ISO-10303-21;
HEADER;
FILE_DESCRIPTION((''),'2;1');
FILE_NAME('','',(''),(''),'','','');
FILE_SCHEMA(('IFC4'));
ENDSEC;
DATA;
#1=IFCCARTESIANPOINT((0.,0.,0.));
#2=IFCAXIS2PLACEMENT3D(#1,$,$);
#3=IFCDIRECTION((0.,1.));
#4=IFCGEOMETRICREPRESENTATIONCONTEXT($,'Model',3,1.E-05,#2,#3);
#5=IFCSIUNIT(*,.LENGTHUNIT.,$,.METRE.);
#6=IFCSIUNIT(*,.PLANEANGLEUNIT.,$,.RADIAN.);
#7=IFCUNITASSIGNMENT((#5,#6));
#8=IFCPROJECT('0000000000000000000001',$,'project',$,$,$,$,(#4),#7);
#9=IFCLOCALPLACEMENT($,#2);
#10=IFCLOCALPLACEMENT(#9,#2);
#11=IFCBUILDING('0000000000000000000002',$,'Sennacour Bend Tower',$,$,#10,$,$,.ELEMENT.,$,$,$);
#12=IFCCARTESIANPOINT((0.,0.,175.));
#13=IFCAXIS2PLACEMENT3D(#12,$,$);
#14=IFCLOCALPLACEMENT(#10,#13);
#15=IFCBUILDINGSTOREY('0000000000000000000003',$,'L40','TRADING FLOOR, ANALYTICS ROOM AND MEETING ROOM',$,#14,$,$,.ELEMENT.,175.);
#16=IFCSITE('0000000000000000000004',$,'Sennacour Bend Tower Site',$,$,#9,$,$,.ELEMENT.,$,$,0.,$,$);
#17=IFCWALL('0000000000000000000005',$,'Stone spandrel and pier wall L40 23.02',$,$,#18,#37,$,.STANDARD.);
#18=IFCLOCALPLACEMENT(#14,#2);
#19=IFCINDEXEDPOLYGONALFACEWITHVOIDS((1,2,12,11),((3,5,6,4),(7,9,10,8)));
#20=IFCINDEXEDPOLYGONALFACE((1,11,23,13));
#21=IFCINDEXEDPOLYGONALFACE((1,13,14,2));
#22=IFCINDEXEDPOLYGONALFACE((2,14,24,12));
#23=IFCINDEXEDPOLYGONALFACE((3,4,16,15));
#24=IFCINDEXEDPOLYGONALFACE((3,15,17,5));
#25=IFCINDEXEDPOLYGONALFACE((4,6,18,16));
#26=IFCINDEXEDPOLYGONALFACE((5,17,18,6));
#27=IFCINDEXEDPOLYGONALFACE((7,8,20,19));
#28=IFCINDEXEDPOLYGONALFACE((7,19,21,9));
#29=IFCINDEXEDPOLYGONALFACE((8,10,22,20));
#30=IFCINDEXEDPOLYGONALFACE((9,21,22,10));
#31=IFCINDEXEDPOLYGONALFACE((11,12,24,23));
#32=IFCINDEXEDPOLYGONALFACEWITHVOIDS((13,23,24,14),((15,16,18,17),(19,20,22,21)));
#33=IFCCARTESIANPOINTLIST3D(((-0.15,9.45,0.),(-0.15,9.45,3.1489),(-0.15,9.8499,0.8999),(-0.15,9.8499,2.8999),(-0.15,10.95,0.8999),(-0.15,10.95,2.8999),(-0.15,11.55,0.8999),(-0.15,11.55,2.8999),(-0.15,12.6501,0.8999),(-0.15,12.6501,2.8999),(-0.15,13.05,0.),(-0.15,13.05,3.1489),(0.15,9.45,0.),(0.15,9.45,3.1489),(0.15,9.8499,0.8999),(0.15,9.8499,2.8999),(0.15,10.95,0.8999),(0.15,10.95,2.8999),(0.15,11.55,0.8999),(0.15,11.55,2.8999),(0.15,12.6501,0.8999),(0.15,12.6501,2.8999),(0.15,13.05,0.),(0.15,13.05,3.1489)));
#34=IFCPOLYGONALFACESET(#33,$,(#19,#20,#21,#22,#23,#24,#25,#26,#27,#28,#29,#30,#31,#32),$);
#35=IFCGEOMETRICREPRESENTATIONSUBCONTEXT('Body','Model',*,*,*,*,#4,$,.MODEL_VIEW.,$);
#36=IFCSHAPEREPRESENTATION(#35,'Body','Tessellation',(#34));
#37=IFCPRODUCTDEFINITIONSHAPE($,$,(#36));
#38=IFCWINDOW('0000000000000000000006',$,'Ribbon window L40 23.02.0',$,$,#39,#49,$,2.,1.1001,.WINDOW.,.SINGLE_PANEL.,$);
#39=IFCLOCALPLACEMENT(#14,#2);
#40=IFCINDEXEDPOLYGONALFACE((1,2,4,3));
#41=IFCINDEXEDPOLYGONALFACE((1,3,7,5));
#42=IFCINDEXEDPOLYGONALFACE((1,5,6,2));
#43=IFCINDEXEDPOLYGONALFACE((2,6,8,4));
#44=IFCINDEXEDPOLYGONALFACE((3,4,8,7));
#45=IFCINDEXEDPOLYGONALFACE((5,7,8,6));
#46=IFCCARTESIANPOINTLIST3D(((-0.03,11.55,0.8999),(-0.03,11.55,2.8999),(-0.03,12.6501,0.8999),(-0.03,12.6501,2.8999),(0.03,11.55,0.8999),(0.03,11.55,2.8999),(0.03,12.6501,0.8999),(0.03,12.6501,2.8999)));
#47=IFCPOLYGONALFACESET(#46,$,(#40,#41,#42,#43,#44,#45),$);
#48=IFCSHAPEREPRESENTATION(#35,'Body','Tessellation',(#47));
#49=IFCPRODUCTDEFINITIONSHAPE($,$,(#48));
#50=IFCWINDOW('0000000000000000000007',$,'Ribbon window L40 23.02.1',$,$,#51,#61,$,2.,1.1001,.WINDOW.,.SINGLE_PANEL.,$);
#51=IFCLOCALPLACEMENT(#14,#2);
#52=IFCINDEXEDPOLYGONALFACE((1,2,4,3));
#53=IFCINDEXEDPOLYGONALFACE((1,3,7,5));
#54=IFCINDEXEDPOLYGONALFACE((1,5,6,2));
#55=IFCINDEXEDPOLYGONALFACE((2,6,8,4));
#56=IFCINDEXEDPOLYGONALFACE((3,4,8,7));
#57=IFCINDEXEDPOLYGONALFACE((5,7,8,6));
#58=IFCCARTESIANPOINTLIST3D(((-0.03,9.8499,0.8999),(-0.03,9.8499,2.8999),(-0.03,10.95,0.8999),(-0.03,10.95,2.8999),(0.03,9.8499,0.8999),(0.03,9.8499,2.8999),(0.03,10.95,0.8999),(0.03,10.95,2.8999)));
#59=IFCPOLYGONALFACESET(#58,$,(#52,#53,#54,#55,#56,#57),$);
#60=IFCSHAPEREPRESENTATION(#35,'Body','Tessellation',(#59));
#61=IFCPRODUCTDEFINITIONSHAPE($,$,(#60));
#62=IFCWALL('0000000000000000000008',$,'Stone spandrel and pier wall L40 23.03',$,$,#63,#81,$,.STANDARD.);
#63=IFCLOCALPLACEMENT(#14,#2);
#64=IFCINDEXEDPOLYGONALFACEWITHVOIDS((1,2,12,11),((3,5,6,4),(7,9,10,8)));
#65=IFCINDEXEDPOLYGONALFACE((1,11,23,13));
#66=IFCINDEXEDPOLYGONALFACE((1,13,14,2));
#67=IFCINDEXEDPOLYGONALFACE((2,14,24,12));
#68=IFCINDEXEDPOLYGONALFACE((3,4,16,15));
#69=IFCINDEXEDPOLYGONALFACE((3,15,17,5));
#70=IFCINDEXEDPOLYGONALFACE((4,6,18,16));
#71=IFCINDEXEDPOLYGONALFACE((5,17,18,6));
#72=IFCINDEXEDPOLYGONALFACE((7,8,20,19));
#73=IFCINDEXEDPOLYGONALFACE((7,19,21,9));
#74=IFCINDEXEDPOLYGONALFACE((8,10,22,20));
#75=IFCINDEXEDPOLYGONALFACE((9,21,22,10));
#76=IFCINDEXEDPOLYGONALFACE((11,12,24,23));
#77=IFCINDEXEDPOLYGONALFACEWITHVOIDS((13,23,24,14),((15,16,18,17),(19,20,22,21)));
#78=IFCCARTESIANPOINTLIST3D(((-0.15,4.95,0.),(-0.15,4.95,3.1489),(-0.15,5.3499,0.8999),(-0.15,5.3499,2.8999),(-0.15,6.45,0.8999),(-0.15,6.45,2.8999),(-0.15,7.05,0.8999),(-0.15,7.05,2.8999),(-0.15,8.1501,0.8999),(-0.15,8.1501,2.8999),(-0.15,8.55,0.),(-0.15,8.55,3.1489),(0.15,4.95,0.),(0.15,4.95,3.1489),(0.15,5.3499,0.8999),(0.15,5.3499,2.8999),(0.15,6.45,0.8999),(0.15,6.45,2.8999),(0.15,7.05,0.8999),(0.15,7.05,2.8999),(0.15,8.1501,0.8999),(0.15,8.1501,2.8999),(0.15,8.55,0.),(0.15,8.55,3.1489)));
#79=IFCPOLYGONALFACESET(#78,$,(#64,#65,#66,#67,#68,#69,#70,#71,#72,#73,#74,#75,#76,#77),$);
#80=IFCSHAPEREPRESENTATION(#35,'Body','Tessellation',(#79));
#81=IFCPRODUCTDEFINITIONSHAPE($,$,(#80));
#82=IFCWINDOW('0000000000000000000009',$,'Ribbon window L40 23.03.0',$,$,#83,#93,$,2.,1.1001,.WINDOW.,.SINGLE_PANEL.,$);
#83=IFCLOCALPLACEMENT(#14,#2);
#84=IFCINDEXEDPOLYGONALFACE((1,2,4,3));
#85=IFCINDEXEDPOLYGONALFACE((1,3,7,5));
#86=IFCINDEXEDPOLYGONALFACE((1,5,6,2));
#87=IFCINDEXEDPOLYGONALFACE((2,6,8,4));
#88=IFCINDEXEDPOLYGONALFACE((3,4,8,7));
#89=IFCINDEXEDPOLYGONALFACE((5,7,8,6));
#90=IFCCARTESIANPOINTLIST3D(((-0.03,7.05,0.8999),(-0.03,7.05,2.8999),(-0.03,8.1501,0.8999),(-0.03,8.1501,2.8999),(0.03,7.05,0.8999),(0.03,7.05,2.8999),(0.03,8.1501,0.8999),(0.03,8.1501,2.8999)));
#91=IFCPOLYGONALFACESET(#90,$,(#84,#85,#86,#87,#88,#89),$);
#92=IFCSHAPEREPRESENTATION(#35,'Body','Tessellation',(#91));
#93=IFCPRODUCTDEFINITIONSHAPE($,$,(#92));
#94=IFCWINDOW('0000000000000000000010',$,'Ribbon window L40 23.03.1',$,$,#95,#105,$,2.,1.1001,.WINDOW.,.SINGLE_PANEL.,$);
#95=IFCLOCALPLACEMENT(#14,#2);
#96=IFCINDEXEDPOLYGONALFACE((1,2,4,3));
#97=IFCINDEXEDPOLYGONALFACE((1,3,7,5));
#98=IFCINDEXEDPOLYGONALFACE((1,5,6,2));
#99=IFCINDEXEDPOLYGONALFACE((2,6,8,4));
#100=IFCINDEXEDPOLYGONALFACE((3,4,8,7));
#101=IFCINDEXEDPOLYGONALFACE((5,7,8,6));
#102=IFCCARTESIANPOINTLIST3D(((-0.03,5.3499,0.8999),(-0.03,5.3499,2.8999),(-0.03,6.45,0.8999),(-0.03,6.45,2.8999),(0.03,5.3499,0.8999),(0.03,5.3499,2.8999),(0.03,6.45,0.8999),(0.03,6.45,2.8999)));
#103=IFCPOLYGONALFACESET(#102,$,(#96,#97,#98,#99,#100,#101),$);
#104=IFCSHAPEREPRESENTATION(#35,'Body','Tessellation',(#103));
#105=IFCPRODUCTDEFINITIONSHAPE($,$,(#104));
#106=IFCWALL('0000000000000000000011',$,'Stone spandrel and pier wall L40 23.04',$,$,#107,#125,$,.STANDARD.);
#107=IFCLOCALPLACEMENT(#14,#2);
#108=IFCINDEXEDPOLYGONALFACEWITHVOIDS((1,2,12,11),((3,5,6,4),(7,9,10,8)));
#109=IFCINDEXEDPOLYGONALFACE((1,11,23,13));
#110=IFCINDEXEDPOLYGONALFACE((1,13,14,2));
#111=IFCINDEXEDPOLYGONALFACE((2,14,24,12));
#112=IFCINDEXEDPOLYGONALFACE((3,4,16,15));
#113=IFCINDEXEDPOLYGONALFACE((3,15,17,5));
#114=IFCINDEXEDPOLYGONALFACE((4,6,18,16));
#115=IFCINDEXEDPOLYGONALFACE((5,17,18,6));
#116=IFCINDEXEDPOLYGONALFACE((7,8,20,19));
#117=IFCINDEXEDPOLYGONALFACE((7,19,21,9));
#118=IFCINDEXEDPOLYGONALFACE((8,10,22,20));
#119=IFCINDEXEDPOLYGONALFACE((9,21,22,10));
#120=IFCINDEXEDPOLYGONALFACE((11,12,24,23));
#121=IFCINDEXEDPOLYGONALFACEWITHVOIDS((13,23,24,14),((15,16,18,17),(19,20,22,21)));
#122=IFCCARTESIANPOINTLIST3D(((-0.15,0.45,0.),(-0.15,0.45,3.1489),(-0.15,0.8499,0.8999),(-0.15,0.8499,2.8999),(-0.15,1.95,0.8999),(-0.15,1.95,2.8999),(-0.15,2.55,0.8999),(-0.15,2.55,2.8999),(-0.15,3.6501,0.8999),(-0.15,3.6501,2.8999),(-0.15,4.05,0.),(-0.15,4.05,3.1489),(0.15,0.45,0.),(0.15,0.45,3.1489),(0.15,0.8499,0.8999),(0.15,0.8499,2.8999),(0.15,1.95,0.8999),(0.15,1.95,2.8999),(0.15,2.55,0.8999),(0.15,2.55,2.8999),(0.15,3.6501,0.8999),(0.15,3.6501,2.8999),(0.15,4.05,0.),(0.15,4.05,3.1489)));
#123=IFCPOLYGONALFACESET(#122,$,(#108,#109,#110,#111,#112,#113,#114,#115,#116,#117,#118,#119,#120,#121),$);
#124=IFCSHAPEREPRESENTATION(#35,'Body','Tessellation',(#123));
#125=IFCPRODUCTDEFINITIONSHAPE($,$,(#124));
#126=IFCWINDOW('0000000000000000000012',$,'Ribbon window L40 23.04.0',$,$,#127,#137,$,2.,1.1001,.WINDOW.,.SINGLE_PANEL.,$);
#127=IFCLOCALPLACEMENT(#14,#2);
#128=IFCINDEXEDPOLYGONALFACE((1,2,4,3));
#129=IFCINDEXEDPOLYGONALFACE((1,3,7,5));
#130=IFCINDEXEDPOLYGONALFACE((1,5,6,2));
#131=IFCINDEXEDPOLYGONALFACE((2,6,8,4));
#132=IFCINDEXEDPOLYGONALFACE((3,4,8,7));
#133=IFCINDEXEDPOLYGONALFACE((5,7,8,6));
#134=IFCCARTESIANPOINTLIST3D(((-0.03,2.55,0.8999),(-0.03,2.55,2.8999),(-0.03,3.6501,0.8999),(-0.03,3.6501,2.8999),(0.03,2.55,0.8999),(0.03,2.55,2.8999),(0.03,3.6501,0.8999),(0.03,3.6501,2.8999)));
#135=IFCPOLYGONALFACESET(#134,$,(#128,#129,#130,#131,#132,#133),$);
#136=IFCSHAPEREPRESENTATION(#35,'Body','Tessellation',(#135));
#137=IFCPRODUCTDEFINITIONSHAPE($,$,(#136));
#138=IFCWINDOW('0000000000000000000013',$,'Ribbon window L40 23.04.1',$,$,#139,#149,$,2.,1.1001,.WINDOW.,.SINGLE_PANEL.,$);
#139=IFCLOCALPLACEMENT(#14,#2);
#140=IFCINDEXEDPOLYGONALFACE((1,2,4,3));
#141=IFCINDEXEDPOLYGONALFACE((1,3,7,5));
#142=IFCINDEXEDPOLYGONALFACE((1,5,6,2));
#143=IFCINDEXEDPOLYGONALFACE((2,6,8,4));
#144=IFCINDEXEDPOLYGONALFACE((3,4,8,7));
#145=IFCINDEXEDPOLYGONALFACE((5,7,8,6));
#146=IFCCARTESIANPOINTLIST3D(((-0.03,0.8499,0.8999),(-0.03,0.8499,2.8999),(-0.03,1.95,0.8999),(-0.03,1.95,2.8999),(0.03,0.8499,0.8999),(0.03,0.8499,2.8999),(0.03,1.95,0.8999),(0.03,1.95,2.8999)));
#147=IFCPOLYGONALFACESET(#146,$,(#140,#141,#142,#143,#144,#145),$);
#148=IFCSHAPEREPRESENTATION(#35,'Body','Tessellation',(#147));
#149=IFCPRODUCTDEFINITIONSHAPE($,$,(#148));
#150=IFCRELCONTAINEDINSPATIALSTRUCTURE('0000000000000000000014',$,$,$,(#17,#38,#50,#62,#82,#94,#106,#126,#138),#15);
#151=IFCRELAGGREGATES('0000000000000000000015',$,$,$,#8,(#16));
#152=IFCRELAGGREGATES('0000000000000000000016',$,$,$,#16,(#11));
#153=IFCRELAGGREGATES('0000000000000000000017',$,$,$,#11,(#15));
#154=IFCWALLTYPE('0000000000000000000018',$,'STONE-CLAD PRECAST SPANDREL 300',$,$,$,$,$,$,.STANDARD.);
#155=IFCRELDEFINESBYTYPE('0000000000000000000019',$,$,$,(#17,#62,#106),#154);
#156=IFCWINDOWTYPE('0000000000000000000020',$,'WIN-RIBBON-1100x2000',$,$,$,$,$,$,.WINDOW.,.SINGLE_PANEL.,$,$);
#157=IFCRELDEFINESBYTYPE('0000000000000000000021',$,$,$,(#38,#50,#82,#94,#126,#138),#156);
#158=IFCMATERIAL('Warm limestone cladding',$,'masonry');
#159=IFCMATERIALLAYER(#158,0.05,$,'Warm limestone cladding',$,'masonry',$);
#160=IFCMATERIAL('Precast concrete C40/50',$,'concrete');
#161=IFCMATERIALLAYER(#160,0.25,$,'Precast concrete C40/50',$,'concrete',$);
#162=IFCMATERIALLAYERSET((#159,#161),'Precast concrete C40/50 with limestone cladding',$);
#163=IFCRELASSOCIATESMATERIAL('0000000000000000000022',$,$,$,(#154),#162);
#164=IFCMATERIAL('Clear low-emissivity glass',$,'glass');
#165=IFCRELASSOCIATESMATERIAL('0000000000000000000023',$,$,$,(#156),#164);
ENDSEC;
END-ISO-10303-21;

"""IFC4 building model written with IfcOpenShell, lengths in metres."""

from ifc_helpers import new_model, si_unit, direction, frame, frame_2d, origin, place, context, subcontext, project, spatial, rectangle, extrude, material, layer, layer_set, type_object, element, fill, save


model = new_model("IFC4")

# Units and contexts
model_context = context("Model", 3, precision=1e-05, world=origin(), true_north=direction((0.0, 1.0)))
body_context = subcontext(model_context, "Body", "Model", "MODEL_VIEW")
ifc_project = project(units=[si_unit("LENGTHUNIT", "METRE"), si_unit("PLANEANGLEUNIT", "RADIAN")], contexts=[model_context])

# Site, building, storey
site_placement = place(None, origin())
site = spatial("IfcSite", under=ifc_project, at=site_placement, Name="Sennacour Bend Tower Site", CompositionType="ELEMENT", RefElevation=0.0)
building_placement = place(site_placement, origin())
building = spatial("IfcBuilding", under=site, at=building_placement, Name="Sennacour Bend Tower", CompositionType="ELEMENT")
storey_placement = place(building_placement, frame((0.0, 0.0, 175.0)))
storey = spatial("IfcBuildingStorey", under=building, at=storey_placement, Name="L40", Description="TRADING FLOOR, ANALYTICS ROOM AND MEETING ROOM", CompositionType="ELEMENT", Elevation=175.0)

# Walls, openings, windows
ifc_material_1 = material(Name="Warm limestone cladding", Category="masonry")
ifc_layer_1 = layer(ifc_material_1, 0.05, Name="Warm limestone cladding", Category="masonry")
ifc_material_2 = material(Name="Precast concrete C40/50", Category="concrete")
ifc_layer_2 = layer(ifc_material_2, 0.25, Name="Precast concrete C40/50", Category="concrete")
ifc_layer_set_1 = layer_set([ifc_layer_1, ifc_layer_2], Name="Precast concrete C40/50 with limestone cladding")
wall_type_1 = type_object("IfcWallType", Name="STONE-CLAD PRECAST SPANDREL 300", PredefinedType="STANDARD", material=ifc_layer_set_1)
wall_1_placement = place(storey_placement, frame((0.0, 13.05, 0.0), z_axis=(0.0, 0.0, 1.0), x_axis=(0.0, -1.0, 0.0)))
wall_1 = element("IfcWall", 1, at=wall_1_placement, inside=storey, type_object=wall_type_1, Name="Stone spandrel and pier wall L40 23.02", PredefinedType="STANDARD", context=body_context, shape_type="SweptSolid", body=[
    extrude(rectangle(XDim=3.6001, YDim=0.3, at=frame_2d((1.8, 0.0))), origin(), (0.0, 0.0, 1.0), 3.1489),
])
opening_1_placement = place(wall_1_placement, frame((0.3999, 0.0, 0.8999)))
opening_1 = element("IfcOpeningElement", 2, at=opening_1_placement, cuts=wall_1, PredefinedType="OPENING", context=body_context, shape_type="SweptSolid", body=[
    extrude(rectangle(XDim=1.1001, YDim=2.0, at=frame_2d((0.55, 1.0))), frame((0.0, 0.1602, 0.0), z_axis=(0.0, -1.0, 0.0), x_axis=(1.0, 0.0, 0.0)), (0.0, 0.0, 1.0), 0.3201),
])
opening_2_placement = place(wall_1_placement, frame((2.1001, 0.0, 0.8999)))
opening_2 = element("IfcOpeningElement", 3, at=opening_2_placement, cuts=wall_1, PredefinedType="OPENING", context=body_context, shape_type="SweptSolid", body=[
    extrude(rectangle(XDim=1.1001, YDim=2.0, at=frame_2d((0.55, 1.0))), frame((0.0, 0.1602, 0.0), z_axis=(0.0, -1.0, 0.0), x_axis=(1.0, 0.0, 0.0)), (0.0, 0.0, 1.0), 0.3201),
])
ifc_material_3 = material(Name="Clear low-emissivity glass", Category="glass")
window_type = type_object("IfcWindowType", Name="WIN-RIBBON-1100x2000", PartitioningType="SINGLE_PANEL", PredefinedType="WINDOW", material=ifc_material_3)
window_1_placement = place(opening_1_placement, origin())
window_1 = element("IfcWindow", 4, at=window_1_placement, inside=storey, type_object=window_type, Name="Ribbon window L40 23.02.0", OverallHeight=2.0, OverallWidth=1.1001, PartitioningType="SINGLE_PANEL", PredefinedType="WINDOW", context=body_context, shape_type="SweptSolid", body=[
    extrude(rectangle(XDim=1.1001, YDim=2.0, at=frame_2d((0.55, 1.0))), frame((0.0, 0.03, 0.0), z_axis=(0.0, -1.0, 0.0), x_axis=(1.0, 0.0, 0.0)), (0.0, 0.0, 1.0), 0.0601),
])
fill(opening_1, window_1)
window_2_placement = place(opening_2_placement, origin())
window_2 = element("IfcWindow", 5, at=window_2_placement, inside=storey, type_object=window_type, Name="Ribbon window L40 23.02.1", OverallHeight=2.0, OverallWidth=1.1001, PartitioningType="SINGLE_PANEL", PredefinedType="WINDOW", context=body_context, shape_type="SweptSolid", body=[
    extrude(rectangle(XDim=1.1001, YDim=2.0, at=frame_2d((0.55, 1.0))), frame((0.0, 0.03, 0.0), z_axis=(0.0, -1.0, 0.0), x_axis=(1.0, 0.0, 0.0)), (0.0, 0.0, 1.0), 0.0601),
])
fill(opening_2, window_2)
wall_2_placement = place(storey_placement, frame((0.0, 8.55, 0.0), z_axis=(0.0, 0.0, 1.0), x_axis=(0.0, -1.0, 0.0)))
wall_2 = element("IfcWall", 6, at=wall_2_placement, inside=storey, type_object=wall_type_1, Name="Stone spandrel and pier wall L40 23.03", PredefinedType="STANDARD", context=body_context, shape_type="SweptSolid", body=[
    extrude(rectangle(XDim=3.6001, YDim=0.3, at=frame_2d((1.8, 0.0))), origin(), (0.0, 0.0, 1.0), 3.1489),
])
opening_3_placement = place(wall_2_placement, frame((0.3999, 0.0, 0.8999)))
opening_3 = element("IfcOpeningElement", 7, at=opening_3_placement, cuts=wall_2, PredefinedType="OPENING", context=body_context, shape_type="SweptSolid", body=[
    extrude(rectangle(XDim=1.1001, YDim=2.0, at=frame_2d((0.55, 1.0))), frame((0.0, 0.1602, 0.0), z_axis=(0.0, -1.0, 0.0), x_axis=(1.0, 0.0, 0.0)), (0.0, 0.0, 1.0), 0.3201),
])
opening_4_placement = place(wall_2_placement, frame((2.1001, 0.0, 0.8999)))
opening_4 = element("IfcOpeningElement", 8, at=opening_4_placement, cuts=wall_2, PredefinedType="OPENING", context=body_context, shape_type="SweptSolid", body=[
    extrude(rectangle(XDim=1.1001, YDim=2.0, at=frame_2d((0.55, 1.0))), frame((0.0, 0.1602, 0.0), z_axis=(0.0, -1.0, 0.0), x_axis=(1.0, 0.0, 0.0)), (0.0, 0.0, 1.0), 0.3201),
])
window_3_placement = place(opening_3_placement, origin())
window_3 = element("IfcWindow", 9, at=window_3_placement, inside=storey, type_object=window_type, Name="Ribbon window L40 23.03.0", OverallHeight=2.0, OverallWidth=1.1001, PartitioningType="SINGLE_PANEL", PredefinedType="WINDOW", context=body_context, shape_type="SweptSolid", body=[
    extrude(rectangle(XDim=1.1001, YDim=2.0, at=frame_2d((0.55, 1.0))), frame((0.0, 0.03, 0.0), z_axis=(0.0, -1.0, 0.0), x_axis=(1.0, 0.0, 0.0)), (0.0, 0.0, 1.0), 0.0601),
])
fill(opening_3, window_3)
window_4_placement = place(opening_4_placement, origin())
window_4 = element("IfcWindow", 10, at=window_4_placement, inside=storey, type_object=window_type, Name="Ribbon window L40 23.03.1", OverallHeight=2.0, OverallWidth=1.1001, PartitioningType="SINGLE_PANEL", PredefinedType="WINDOW", context=body_context, shape_type="SweptSolid", body=[
    extrude(rectangle(XDim=1.1001, YDim=2.0, at=frame_2d((0.55, 1.0))), frame((0.0, 0.03, 0.0), z_axis=(0.0, -1.0, 0.0), x_axis=(1.0, 0.0, 0.0)), (0.0, 0.0, 1.0), 0.0601),
])
fill(opening_4, window_4)
wall_3_placement = place(storey_placement, frame((0.0, 4.05, 0.0), z_axis=(0.0, 0.0, 1.0), x_axis=(0.0, -1.0, 0.0)))
wall_3 = element("IfcWall", 11, at=wall_3_placement, inside=storey, type_object=wall_type_1, Name="Stone spandrel and pier wall L40 23.04", PredefinedType="STANDARD", context=body_context, shape_type="SweptSolid", body=[
    extrude(rectangle(XDim=3.6001, YDim=0.3, at=frame_2d((1.8, 0.0))), origin(), (0.0, 0.0, 1.0), 3.1489),
])
opening_5_placement = place(wall_3_placement, frame((0.3999, 0.0, 0.8999)))
opening_5 = element("IfcOpeningElement", 12, at=opening_5_placement, cuts=wall_3, PredefinedType="OPENING", context=body_context, shape_type="SweptSolid", body=[
    extrude(rectangle(XDim=1.1001, YDim=2.0, at=frame_2d((0.55, 1.0))), frame((0.0, 0.1602, 0.0), z_axis=(0.0, -1.0, 0.0), x_axis=(1.0, 0.0, 0.0)), (0.0, 0.0, 1.0), 0.3201),
])
opening_6_placement = place(wall_3_placement, frame((2.1001, 0.0, 0.8999)))
opening_6 = element("IfcOpeningElement", 13, at=opening_6_placement, cuts=wall_3, PredefinedType="OPENING", context=body_context, shape_type="SweptSolid", body=[
    extrude(rectangle(XDim=1.1001, YDim=2.0, at=frame_2d((0.55, 1.0))), frame((0.0, 0.1602, 0.0), z_axis=(0.0, -1.0, 0.0), x_axis=(1.0, 0.0, 0.0)), (0.0, 0.0, 1.0), 0.3201),
])
window_5_placement = place(opening_5_placement, origin())
window_5 = element("IfcWindow", 14, at=window_5_placement, inside=storey, type_object=window_type, Name="Ribbon window L40 23.04.0", OverallHeight=2.0, OverallWidth=1.1001, PartitioningType="SINGLE_PANEL", PredefinedType="WINDOW", context=body_context, shape_type="SweptSolid", body=[
    extrude(rectangle(XDim=1.1001, YDim=2.0, at=frame_2d((0.55, 1.0))), frame((0.0, 0.03, 0.0), z_axis=(0.0, -1.0, 0.0), x_axis=(1.0, 0.0, 0.0)), (0.0, 0.0, 1.0), 0.0601),
])
fill(opening_5, window_5)
window_6_placement = place(opening_6_placement, origin())
window_6 = element("IfcWindow", 15, at=window_6_placement, inside=storey, type_object=window_type, Name="Ribbon window L40 23.04.1", OverallHeight=2.0, OverallWidth=1.1001, PartitioningType="SINGLE_PANEL", PredefinedType="WINDOW", context=body_context, shape_type="SweptSolid", body=[
    extrude(rectangle(XDim=1.1001, YDim=2.0, at=frame_2d((0.55, 1.0))), frame((0.0, 0.03, 0.0), z_axis=(0.0, -1.0, 0.0), x_axis=(1.0, 0.0, 0.0)), (0.0, 0.0, 1.0), 0.0601),
])
fill(opening_6, window_6)

save(model, "model.ifc")
